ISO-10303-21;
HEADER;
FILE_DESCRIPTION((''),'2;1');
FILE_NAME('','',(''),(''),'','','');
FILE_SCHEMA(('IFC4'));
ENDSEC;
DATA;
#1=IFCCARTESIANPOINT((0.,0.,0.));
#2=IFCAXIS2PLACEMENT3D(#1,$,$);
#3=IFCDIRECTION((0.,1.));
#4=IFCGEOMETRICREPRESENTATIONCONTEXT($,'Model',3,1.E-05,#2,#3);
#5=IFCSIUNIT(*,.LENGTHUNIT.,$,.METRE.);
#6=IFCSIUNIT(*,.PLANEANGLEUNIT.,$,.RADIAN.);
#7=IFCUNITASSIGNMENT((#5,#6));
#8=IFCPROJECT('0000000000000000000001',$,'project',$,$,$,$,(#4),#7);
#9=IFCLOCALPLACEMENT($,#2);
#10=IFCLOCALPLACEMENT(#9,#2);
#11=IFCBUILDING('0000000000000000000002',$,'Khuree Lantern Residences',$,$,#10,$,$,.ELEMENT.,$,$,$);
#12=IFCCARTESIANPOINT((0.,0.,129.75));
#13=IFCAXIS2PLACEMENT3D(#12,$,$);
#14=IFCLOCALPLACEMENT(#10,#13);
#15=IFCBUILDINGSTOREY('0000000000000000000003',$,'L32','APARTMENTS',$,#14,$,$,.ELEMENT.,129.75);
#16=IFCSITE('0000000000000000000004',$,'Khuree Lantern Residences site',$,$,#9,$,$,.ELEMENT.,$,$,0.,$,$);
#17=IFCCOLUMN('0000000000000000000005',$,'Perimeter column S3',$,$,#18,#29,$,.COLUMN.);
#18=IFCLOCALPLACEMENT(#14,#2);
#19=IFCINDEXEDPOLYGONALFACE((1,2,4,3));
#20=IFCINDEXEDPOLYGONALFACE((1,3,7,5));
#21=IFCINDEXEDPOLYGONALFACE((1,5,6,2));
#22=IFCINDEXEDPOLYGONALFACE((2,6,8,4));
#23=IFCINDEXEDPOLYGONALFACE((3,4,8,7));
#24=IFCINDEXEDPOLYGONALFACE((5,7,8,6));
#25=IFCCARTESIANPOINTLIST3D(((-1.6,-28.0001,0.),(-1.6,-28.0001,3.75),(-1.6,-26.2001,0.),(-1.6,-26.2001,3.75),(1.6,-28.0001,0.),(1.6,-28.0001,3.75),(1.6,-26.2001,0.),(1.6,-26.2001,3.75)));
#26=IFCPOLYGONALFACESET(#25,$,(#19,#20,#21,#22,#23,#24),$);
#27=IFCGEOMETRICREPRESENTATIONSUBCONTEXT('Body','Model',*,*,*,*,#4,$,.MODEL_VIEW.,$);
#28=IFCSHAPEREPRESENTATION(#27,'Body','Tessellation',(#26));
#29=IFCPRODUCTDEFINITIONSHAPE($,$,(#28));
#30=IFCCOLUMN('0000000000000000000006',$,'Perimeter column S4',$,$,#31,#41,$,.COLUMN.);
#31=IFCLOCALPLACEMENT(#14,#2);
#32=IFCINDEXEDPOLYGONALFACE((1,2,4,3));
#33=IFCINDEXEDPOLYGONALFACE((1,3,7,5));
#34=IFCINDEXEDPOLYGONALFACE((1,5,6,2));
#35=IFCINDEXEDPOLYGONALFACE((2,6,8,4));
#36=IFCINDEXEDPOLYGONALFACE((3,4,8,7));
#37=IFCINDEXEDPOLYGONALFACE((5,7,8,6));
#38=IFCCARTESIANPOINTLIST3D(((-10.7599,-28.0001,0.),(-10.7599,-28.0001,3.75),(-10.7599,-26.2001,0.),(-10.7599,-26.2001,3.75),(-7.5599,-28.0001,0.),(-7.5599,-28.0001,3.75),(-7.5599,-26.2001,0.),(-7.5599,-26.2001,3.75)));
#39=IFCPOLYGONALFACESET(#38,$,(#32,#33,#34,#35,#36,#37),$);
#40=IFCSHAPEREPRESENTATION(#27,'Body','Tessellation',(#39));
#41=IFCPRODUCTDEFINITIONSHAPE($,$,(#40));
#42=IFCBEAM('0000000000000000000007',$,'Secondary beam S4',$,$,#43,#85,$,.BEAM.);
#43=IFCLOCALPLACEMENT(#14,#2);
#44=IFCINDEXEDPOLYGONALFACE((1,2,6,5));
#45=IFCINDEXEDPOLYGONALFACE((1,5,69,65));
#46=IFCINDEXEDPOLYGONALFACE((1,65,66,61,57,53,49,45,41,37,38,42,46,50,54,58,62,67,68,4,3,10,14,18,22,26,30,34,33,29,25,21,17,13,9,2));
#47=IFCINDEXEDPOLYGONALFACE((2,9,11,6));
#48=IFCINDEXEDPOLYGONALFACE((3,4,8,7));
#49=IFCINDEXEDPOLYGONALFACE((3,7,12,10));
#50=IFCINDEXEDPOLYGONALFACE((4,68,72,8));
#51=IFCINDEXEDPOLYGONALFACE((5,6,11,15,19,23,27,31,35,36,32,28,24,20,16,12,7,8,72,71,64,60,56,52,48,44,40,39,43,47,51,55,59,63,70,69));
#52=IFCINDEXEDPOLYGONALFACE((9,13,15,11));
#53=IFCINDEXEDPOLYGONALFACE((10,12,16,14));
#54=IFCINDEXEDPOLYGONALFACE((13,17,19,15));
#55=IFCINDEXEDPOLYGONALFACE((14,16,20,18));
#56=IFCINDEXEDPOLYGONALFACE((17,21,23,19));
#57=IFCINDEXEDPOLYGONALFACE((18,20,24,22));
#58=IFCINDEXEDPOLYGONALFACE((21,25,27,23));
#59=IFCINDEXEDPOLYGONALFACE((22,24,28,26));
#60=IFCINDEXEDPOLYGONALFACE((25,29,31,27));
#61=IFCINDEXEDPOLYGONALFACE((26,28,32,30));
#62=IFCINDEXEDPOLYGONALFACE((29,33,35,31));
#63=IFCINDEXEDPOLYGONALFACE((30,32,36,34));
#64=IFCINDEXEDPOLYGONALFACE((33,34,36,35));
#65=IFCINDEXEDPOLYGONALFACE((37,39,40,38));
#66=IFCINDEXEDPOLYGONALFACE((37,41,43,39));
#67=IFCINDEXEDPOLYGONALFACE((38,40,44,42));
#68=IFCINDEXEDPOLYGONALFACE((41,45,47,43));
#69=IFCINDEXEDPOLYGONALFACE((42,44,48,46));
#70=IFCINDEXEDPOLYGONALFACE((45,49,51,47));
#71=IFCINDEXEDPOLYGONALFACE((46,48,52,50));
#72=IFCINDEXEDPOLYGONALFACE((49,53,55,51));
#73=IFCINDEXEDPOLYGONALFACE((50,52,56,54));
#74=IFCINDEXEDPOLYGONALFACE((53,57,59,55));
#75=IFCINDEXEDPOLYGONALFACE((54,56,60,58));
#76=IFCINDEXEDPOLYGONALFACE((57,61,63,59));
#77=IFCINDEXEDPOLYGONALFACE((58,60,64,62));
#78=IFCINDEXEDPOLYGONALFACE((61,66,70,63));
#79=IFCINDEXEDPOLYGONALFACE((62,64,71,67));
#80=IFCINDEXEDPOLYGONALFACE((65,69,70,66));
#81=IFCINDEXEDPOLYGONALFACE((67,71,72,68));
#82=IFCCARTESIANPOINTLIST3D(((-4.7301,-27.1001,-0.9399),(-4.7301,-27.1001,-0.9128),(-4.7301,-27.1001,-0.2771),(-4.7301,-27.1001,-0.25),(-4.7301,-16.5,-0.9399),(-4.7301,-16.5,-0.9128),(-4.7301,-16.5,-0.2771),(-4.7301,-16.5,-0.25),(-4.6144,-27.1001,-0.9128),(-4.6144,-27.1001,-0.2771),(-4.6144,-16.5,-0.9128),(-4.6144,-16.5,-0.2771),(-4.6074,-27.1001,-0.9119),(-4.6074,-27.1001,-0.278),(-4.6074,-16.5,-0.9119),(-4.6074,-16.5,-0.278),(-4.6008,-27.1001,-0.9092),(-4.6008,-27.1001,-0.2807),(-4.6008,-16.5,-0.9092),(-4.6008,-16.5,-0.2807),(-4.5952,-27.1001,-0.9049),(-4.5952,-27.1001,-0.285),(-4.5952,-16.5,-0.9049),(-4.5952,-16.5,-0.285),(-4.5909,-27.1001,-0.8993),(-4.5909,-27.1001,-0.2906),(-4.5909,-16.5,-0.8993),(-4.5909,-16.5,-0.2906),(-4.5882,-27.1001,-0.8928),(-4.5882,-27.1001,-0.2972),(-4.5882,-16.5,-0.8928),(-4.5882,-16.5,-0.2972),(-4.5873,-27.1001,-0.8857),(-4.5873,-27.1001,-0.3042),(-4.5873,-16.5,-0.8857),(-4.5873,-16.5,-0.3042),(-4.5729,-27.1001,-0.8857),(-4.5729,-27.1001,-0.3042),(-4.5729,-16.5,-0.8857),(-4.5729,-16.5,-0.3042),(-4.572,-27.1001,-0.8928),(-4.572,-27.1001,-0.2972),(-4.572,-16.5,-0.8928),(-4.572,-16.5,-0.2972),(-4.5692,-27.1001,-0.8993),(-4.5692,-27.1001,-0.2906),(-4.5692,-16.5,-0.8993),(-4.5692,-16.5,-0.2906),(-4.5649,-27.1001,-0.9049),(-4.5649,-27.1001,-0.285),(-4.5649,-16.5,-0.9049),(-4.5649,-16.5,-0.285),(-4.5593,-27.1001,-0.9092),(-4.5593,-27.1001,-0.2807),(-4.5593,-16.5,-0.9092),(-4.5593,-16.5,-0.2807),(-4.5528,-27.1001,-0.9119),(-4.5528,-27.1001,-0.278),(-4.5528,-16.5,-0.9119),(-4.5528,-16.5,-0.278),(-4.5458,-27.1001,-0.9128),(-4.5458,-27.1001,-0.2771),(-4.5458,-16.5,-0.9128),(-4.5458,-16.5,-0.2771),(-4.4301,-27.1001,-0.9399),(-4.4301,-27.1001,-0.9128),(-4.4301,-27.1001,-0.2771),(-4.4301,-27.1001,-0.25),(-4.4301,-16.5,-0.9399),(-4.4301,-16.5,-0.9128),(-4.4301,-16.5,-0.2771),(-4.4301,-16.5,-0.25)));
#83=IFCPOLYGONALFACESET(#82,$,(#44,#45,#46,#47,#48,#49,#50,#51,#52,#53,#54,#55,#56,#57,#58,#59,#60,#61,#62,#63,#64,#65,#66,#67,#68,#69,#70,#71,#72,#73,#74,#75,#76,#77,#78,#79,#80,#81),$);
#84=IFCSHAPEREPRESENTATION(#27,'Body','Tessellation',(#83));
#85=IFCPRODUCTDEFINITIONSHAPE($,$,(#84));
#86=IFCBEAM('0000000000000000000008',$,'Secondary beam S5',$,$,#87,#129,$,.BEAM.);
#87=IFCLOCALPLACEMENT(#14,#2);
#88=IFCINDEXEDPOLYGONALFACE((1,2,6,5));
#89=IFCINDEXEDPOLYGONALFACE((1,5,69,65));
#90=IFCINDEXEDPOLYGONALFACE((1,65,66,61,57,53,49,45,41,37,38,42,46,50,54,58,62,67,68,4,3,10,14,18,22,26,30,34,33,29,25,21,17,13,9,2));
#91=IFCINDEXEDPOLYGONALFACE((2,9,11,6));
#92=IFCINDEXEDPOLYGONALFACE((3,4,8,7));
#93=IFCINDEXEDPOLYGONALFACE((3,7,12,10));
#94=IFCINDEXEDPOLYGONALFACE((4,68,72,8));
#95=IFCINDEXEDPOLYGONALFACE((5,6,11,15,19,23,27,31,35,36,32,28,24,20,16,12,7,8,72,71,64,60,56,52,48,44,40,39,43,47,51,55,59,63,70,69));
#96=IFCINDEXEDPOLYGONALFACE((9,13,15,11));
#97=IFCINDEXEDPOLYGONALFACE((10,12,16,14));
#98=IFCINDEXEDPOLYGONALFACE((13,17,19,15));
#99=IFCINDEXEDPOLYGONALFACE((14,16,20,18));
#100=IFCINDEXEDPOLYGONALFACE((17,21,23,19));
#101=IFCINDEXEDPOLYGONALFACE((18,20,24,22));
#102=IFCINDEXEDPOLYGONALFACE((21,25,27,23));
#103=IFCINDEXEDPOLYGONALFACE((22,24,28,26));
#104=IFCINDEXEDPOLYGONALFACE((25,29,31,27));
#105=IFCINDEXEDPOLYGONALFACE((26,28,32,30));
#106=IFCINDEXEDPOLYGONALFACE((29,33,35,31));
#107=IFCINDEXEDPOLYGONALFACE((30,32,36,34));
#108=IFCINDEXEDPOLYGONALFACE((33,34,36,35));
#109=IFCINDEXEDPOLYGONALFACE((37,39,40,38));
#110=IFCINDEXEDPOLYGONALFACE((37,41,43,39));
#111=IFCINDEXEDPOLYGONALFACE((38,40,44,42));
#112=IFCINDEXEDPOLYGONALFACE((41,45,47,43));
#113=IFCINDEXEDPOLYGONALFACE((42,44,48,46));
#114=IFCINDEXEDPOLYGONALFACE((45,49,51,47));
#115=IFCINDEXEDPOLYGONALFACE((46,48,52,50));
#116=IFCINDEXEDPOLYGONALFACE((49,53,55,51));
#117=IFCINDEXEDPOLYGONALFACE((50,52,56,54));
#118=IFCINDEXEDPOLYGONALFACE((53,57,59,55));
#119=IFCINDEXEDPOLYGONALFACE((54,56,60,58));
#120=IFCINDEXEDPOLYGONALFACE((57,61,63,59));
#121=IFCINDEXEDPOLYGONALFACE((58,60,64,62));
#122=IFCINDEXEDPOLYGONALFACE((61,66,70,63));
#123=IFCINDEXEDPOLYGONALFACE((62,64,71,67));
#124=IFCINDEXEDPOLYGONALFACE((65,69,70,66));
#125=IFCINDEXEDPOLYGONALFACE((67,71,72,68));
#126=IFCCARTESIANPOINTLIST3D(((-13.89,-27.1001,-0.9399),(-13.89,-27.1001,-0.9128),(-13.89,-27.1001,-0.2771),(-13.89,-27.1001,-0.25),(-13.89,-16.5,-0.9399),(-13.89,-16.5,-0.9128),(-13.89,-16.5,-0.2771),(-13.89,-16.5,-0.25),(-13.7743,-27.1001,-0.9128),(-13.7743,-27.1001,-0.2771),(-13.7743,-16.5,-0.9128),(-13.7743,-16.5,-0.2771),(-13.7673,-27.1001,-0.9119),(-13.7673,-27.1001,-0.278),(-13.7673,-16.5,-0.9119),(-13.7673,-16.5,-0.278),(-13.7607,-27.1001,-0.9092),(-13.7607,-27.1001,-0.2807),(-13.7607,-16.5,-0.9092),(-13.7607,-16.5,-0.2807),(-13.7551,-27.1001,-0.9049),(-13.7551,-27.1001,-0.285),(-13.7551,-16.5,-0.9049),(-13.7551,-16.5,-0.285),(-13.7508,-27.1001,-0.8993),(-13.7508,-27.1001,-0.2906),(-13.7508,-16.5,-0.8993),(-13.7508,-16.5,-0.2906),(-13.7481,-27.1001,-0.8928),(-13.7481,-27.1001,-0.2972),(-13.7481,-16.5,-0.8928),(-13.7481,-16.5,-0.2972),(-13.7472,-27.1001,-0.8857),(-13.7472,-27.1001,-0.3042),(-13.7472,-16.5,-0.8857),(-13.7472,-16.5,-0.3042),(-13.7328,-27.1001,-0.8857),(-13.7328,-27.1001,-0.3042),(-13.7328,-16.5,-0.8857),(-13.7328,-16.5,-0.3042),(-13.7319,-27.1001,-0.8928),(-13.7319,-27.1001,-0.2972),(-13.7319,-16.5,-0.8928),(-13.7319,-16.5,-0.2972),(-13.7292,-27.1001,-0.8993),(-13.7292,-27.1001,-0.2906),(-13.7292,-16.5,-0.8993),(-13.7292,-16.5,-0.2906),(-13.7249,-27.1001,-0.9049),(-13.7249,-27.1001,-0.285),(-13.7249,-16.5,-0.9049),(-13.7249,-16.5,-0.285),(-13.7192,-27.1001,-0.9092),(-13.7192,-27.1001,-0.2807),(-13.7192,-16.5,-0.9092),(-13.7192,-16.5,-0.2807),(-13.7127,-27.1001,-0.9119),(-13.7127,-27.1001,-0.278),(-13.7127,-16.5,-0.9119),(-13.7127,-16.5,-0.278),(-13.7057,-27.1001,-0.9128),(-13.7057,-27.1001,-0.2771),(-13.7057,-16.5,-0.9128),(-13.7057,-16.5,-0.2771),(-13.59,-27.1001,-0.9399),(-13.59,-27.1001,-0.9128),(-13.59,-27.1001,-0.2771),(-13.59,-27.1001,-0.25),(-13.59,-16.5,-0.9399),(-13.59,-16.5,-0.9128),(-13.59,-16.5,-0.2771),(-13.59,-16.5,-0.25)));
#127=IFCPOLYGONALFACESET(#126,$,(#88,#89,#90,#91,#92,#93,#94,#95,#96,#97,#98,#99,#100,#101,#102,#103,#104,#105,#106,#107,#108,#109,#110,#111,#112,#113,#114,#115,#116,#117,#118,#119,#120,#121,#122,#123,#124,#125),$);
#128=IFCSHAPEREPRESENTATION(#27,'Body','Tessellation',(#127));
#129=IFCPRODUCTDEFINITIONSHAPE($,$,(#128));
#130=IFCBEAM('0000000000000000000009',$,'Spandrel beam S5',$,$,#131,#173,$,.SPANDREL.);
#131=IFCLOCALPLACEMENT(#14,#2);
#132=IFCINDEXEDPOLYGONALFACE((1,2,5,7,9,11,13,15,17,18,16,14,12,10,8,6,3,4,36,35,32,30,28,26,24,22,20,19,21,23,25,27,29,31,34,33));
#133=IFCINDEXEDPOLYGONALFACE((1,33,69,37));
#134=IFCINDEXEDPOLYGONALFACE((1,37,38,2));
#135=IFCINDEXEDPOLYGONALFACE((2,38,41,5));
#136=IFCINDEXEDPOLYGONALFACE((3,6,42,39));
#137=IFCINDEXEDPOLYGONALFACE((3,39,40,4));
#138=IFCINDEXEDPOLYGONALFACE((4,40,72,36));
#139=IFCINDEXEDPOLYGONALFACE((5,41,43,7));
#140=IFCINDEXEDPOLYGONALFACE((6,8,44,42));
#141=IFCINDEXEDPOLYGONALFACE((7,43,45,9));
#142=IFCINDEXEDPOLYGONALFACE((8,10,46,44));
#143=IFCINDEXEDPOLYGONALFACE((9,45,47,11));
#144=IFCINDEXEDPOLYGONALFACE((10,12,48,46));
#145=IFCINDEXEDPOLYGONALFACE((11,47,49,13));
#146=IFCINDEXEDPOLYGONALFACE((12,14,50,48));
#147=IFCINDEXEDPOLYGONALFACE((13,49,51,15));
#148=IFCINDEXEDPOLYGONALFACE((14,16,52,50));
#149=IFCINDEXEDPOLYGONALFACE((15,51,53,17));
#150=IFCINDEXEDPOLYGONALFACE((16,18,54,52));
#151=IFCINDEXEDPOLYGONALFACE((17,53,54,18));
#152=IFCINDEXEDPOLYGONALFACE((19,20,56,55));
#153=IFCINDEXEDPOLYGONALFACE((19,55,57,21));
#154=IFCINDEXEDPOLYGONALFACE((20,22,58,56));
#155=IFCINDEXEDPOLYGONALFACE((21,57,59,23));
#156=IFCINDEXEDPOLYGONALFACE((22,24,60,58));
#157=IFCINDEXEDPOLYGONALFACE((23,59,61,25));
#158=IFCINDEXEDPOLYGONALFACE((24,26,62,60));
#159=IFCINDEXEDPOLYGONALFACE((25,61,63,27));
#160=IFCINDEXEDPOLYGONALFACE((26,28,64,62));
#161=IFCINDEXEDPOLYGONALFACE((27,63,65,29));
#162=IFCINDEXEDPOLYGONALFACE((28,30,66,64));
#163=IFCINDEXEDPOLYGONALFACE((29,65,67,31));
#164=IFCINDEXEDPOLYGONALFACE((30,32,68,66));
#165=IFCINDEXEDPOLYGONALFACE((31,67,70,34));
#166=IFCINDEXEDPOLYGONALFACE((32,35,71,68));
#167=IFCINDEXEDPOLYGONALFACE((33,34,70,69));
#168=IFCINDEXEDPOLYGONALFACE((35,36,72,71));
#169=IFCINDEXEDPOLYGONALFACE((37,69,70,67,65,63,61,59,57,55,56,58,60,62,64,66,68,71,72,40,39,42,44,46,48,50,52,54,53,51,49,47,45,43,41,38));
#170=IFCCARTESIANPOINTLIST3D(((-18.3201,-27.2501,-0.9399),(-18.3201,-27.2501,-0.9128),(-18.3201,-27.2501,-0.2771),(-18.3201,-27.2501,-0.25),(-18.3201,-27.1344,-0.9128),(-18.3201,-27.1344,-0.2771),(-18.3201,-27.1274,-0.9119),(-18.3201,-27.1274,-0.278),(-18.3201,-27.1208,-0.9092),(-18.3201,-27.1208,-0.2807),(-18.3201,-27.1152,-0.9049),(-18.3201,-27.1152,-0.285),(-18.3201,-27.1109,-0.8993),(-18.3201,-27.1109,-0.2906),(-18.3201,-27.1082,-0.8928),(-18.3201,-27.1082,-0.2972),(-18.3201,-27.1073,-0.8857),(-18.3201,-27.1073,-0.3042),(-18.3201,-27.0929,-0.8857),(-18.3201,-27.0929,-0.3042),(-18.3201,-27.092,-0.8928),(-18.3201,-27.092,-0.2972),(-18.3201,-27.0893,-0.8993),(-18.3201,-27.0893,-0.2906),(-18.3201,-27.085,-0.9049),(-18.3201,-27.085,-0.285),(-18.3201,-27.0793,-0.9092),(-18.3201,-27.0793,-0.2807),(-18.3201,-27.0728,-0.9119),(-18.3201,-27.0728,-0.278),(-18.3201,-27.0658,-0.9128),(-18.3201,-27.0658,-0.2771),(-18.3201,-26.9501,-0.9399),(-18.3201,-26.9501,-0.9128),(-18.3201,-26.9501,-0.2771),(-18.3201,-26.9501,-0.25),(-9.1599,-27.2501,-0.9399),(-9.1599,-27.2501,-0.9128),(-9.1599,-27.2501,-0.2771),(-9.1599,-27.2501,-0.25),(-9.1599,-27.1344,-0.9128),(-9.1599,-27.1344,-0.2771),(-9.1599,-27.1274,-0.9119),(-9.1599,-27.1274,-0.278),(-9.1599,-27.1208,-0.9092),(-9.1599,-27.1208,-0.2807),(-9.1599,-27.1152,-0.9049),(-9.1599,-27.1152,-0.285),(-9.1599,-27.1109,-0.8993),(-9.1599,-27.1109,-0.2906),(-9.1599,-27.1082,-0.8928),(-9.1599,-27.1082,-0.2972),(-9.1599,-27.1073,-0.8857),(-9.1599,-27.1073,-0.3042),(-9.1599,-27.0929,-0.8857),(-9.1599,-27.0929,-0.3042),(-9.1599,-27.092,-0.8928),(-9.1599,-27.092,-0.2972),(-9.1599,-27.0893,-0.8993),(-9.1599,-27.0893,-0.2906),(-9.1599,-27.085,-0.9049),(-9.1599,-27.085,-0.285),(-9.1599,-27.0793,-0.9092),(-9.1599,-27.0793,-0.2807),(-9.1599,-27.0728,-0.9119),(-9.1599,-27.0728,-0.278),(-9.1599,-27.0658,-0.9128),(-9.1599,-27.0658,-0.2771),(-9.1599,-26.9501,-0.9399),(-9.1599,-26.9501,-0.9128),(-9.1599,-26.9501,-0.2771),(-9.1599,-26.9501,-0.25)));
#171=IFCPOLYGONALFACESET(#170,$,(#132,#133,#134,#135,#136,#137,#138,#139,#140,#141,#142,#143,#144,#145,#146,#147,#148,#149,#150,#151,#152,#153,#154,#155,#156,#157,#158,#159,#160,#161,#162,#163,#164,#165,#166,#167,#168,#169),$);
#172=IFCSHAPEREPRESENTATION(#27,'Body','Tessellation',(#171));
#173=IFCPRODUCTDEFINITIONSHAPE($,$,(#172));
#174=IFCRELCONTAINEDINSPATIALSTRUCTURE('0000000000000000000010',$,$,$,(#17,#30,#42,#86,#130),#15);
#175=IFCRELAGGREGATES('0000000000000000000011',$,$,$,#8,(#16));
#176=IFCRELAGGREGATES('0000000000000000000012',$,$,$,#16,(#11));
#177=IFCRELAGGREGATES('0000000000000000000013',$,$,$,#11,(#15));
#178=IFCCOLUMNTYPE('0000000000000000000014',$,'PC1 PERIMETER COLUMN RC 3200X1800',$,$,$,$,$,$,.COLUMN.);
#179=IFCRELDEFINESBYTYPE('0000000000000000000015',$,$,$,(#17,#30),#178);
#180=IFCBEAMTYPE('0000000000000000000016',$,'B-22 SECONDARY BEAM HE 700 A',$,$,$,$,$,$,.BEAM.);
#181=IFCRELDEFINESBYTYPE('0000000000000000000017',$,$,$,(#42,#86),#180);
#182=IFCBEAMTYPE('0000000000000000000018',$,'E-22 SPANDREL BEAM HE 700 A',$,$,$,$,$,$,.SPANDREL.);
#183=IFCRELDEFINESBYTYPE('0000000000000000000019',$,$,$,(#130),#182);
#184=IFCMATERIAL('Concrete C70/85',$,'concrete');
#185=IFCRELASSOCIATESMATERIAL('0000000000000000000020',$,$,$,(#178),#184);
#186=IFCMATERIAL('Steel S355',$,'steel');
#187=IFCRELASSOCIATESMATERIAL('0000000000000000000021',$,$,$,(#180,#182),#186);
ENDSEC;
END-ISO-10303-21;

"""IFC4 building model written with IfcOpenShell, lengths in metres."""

from ifc_helpers import new_model, si_unit, direction, frame, origin, origin_2d, place, context, subcontext, project, spatial, rectangle, i_section, extrude, material, material_profile, profile_set, type_object, element, save


model = new_model("IFC4")

# Units and contexts
model_context = context("Model", 3, precision=1e-05, world=origin(), true_north=direction((0.0, 1.0)))
body_context = subcontext(model_context, "Body", "Model", "MODEL_VIEW")
ifc_project = project(units=[si_unit("LENGTHUNIT", "METRE"), si_unit("PLANEANGLEUNIT", "RADIAN")], contexts=[model_context])

# Site, building, storey
site_placement = place(None, origin())
site = spatial("IfcSite", under=ifc_project, at=site_placement, Name="Khuree Lantern Residences site", CompositionType="ELEMENT", RefElevation=0.0)
building_placement = place(site_placement, origin())
building = spatial("IfcBuilding", under=site, at=building_placement, Name="Khuree Lantern Residences", CompositionType="ELEMENT")
storey_placement = place(building_placement, frame((0.0, 0.0, 129.75)))
storey = spatial("IfcBuildingStorey", under=building, at=storey_placement, Name="L32", Description="APARTMENTS", CompositionType="ELEMENT", Elevation=129.75)

# Columns
ifc_material_1 = material(Name="Concrete C70/85", Category="concrete")
ifc_material_profile_1 = material_profile(ifc_material_1, rectangle(XDim=3.2, YDim=1.8, at=origin_2d()), Name="RC 3200X1800")
ifc_profile_set_1 = profile_set([ifc_material_profile_1], Name="Concrete C70/85")
column_type = type_object("IfcColumnType", Name="PC1 PERIMETER COLUMN RC 3200X1800", PredefinedType="COLUMN", material=ifc_profile_set_1)
for number, where, z_axis, x_axis, name in (
    (1, (0.0, -27.1001, 0.0), (0.0, 0.0, 1.0), (1.0, 0.0, 0.0), "Perimeter column S3"),
    (2, (-9.1599, -27.1001, 0.0), (0.0, 0.0, 1.0), (1.0, 0.0, 0.0), "Perimeter column S4"),
):
    element("IfcColumn", number, at=place(storey_placement, frame(where, z_axis=z_axis, x_axis=x_axis)), inside=storey, type_object=column_type, Name=name, PredefinedType="COLUMN", context=body_context, shape_type="SweptSolid", body=[
        extrude(rectangle(XDim=3.2, YDim=1.8, at=origin_2d()), origin(), (0.0, 0.0, 1.0), 3.75),
    ])

# Beams
ifc_material_2 = material(Name="Steel S355", Category="steel")
ifc_material_profile_2 = material_profile(ifc_material_2, i_section(OverallWidth=0.3, OverallDepth=0.6899, WebThickness=0.0144, FlangeThickness=0.0271, FilletRadius=0.0271, at=origin_2d()), Name="HE 700 A")
ifc_profile_set_2 = profile_set([ifc_material_profile_2], Name="Steel S355")
beam_type_1 = type_object("IfcBeamType", Name="B-22 SECONDARY BEAM HE 700 A", PredefinedType="BEAM", material=ifc_profile_set_2)
for number, where, z_axis, x_axis, name in (
    (3, (-4.5801, -27.1001, -0.595), (0.0, 1.0, 0.0), (-1.0, 0.0, 0.0), "Secondary beam S4"),
    (4, (-13.74, -27.1001, -0.595), (0.0, 1.0, 0.0), (-1.0, 0.0, 0.0), "Secondary beam S5"),
):
    element("IfcBeam", number, at=place(storey_placement, frame(where, z_axis=z_axis, x_axis=x_axis)), inside=storey, type_object=beam_type_1, Name=name, PredefinedType="BEAM", context=body_context, shape_type="SweptSolid", body=[
        extrude(i_section(OverallWidth=0.3, OverallDepth=0.6899, WebThickness=0.0144, FlangeThickness=0.0271, FilletRadius=0.0271, at=origin_2d()), origin(), (0.0, 0.0, 1.0), 10.6001),
    ])
ifc_material_profile_3 = material_profile(ifc_material_2, i_section(OverallWidth=0.3, OverallDepth=0.6899, WebThickness=0.0144, FlangeThickness=0.0271, FilletRadius=0.0271, at=origin_2d()), Name="HE 700 A")
ifc_profile_set_3 = profile_set([ifc_material_profile_3], Name="Steel S355")
beam_type_2 = type_object("IfcBeamType", Name="E-22 SPANDREL BEAM HE 700 A", PredefinedType="SPANDREL", material=ifc_profile_set_3)
beam_1_placement = place(storey_placement, frame((-9.1599, -27.1001, -0.595), z_axis=(-1.0, 0.0, 0.0), x_axis=(0.0, -1.0, 0.0)))
element("IfcBeam", 5, at=beam_1_placement, inside=storey, type_object=beam_type_2, Name="Spandrel beam S5", PredefinedType="SPANDREL", context=body_context, shape_type="SweptSolid", body=[
    extrude(i_section(OverallWidth=0.3, OverallDepth=0.6899, WebThickness=0.0144, FlangeThickness=0.0271, FilletRadius=0.0271, at=origin_2d()), origin(), (0.0, 0.0, 1.0), 9.1602),
])

save(model, "model.ifc")
